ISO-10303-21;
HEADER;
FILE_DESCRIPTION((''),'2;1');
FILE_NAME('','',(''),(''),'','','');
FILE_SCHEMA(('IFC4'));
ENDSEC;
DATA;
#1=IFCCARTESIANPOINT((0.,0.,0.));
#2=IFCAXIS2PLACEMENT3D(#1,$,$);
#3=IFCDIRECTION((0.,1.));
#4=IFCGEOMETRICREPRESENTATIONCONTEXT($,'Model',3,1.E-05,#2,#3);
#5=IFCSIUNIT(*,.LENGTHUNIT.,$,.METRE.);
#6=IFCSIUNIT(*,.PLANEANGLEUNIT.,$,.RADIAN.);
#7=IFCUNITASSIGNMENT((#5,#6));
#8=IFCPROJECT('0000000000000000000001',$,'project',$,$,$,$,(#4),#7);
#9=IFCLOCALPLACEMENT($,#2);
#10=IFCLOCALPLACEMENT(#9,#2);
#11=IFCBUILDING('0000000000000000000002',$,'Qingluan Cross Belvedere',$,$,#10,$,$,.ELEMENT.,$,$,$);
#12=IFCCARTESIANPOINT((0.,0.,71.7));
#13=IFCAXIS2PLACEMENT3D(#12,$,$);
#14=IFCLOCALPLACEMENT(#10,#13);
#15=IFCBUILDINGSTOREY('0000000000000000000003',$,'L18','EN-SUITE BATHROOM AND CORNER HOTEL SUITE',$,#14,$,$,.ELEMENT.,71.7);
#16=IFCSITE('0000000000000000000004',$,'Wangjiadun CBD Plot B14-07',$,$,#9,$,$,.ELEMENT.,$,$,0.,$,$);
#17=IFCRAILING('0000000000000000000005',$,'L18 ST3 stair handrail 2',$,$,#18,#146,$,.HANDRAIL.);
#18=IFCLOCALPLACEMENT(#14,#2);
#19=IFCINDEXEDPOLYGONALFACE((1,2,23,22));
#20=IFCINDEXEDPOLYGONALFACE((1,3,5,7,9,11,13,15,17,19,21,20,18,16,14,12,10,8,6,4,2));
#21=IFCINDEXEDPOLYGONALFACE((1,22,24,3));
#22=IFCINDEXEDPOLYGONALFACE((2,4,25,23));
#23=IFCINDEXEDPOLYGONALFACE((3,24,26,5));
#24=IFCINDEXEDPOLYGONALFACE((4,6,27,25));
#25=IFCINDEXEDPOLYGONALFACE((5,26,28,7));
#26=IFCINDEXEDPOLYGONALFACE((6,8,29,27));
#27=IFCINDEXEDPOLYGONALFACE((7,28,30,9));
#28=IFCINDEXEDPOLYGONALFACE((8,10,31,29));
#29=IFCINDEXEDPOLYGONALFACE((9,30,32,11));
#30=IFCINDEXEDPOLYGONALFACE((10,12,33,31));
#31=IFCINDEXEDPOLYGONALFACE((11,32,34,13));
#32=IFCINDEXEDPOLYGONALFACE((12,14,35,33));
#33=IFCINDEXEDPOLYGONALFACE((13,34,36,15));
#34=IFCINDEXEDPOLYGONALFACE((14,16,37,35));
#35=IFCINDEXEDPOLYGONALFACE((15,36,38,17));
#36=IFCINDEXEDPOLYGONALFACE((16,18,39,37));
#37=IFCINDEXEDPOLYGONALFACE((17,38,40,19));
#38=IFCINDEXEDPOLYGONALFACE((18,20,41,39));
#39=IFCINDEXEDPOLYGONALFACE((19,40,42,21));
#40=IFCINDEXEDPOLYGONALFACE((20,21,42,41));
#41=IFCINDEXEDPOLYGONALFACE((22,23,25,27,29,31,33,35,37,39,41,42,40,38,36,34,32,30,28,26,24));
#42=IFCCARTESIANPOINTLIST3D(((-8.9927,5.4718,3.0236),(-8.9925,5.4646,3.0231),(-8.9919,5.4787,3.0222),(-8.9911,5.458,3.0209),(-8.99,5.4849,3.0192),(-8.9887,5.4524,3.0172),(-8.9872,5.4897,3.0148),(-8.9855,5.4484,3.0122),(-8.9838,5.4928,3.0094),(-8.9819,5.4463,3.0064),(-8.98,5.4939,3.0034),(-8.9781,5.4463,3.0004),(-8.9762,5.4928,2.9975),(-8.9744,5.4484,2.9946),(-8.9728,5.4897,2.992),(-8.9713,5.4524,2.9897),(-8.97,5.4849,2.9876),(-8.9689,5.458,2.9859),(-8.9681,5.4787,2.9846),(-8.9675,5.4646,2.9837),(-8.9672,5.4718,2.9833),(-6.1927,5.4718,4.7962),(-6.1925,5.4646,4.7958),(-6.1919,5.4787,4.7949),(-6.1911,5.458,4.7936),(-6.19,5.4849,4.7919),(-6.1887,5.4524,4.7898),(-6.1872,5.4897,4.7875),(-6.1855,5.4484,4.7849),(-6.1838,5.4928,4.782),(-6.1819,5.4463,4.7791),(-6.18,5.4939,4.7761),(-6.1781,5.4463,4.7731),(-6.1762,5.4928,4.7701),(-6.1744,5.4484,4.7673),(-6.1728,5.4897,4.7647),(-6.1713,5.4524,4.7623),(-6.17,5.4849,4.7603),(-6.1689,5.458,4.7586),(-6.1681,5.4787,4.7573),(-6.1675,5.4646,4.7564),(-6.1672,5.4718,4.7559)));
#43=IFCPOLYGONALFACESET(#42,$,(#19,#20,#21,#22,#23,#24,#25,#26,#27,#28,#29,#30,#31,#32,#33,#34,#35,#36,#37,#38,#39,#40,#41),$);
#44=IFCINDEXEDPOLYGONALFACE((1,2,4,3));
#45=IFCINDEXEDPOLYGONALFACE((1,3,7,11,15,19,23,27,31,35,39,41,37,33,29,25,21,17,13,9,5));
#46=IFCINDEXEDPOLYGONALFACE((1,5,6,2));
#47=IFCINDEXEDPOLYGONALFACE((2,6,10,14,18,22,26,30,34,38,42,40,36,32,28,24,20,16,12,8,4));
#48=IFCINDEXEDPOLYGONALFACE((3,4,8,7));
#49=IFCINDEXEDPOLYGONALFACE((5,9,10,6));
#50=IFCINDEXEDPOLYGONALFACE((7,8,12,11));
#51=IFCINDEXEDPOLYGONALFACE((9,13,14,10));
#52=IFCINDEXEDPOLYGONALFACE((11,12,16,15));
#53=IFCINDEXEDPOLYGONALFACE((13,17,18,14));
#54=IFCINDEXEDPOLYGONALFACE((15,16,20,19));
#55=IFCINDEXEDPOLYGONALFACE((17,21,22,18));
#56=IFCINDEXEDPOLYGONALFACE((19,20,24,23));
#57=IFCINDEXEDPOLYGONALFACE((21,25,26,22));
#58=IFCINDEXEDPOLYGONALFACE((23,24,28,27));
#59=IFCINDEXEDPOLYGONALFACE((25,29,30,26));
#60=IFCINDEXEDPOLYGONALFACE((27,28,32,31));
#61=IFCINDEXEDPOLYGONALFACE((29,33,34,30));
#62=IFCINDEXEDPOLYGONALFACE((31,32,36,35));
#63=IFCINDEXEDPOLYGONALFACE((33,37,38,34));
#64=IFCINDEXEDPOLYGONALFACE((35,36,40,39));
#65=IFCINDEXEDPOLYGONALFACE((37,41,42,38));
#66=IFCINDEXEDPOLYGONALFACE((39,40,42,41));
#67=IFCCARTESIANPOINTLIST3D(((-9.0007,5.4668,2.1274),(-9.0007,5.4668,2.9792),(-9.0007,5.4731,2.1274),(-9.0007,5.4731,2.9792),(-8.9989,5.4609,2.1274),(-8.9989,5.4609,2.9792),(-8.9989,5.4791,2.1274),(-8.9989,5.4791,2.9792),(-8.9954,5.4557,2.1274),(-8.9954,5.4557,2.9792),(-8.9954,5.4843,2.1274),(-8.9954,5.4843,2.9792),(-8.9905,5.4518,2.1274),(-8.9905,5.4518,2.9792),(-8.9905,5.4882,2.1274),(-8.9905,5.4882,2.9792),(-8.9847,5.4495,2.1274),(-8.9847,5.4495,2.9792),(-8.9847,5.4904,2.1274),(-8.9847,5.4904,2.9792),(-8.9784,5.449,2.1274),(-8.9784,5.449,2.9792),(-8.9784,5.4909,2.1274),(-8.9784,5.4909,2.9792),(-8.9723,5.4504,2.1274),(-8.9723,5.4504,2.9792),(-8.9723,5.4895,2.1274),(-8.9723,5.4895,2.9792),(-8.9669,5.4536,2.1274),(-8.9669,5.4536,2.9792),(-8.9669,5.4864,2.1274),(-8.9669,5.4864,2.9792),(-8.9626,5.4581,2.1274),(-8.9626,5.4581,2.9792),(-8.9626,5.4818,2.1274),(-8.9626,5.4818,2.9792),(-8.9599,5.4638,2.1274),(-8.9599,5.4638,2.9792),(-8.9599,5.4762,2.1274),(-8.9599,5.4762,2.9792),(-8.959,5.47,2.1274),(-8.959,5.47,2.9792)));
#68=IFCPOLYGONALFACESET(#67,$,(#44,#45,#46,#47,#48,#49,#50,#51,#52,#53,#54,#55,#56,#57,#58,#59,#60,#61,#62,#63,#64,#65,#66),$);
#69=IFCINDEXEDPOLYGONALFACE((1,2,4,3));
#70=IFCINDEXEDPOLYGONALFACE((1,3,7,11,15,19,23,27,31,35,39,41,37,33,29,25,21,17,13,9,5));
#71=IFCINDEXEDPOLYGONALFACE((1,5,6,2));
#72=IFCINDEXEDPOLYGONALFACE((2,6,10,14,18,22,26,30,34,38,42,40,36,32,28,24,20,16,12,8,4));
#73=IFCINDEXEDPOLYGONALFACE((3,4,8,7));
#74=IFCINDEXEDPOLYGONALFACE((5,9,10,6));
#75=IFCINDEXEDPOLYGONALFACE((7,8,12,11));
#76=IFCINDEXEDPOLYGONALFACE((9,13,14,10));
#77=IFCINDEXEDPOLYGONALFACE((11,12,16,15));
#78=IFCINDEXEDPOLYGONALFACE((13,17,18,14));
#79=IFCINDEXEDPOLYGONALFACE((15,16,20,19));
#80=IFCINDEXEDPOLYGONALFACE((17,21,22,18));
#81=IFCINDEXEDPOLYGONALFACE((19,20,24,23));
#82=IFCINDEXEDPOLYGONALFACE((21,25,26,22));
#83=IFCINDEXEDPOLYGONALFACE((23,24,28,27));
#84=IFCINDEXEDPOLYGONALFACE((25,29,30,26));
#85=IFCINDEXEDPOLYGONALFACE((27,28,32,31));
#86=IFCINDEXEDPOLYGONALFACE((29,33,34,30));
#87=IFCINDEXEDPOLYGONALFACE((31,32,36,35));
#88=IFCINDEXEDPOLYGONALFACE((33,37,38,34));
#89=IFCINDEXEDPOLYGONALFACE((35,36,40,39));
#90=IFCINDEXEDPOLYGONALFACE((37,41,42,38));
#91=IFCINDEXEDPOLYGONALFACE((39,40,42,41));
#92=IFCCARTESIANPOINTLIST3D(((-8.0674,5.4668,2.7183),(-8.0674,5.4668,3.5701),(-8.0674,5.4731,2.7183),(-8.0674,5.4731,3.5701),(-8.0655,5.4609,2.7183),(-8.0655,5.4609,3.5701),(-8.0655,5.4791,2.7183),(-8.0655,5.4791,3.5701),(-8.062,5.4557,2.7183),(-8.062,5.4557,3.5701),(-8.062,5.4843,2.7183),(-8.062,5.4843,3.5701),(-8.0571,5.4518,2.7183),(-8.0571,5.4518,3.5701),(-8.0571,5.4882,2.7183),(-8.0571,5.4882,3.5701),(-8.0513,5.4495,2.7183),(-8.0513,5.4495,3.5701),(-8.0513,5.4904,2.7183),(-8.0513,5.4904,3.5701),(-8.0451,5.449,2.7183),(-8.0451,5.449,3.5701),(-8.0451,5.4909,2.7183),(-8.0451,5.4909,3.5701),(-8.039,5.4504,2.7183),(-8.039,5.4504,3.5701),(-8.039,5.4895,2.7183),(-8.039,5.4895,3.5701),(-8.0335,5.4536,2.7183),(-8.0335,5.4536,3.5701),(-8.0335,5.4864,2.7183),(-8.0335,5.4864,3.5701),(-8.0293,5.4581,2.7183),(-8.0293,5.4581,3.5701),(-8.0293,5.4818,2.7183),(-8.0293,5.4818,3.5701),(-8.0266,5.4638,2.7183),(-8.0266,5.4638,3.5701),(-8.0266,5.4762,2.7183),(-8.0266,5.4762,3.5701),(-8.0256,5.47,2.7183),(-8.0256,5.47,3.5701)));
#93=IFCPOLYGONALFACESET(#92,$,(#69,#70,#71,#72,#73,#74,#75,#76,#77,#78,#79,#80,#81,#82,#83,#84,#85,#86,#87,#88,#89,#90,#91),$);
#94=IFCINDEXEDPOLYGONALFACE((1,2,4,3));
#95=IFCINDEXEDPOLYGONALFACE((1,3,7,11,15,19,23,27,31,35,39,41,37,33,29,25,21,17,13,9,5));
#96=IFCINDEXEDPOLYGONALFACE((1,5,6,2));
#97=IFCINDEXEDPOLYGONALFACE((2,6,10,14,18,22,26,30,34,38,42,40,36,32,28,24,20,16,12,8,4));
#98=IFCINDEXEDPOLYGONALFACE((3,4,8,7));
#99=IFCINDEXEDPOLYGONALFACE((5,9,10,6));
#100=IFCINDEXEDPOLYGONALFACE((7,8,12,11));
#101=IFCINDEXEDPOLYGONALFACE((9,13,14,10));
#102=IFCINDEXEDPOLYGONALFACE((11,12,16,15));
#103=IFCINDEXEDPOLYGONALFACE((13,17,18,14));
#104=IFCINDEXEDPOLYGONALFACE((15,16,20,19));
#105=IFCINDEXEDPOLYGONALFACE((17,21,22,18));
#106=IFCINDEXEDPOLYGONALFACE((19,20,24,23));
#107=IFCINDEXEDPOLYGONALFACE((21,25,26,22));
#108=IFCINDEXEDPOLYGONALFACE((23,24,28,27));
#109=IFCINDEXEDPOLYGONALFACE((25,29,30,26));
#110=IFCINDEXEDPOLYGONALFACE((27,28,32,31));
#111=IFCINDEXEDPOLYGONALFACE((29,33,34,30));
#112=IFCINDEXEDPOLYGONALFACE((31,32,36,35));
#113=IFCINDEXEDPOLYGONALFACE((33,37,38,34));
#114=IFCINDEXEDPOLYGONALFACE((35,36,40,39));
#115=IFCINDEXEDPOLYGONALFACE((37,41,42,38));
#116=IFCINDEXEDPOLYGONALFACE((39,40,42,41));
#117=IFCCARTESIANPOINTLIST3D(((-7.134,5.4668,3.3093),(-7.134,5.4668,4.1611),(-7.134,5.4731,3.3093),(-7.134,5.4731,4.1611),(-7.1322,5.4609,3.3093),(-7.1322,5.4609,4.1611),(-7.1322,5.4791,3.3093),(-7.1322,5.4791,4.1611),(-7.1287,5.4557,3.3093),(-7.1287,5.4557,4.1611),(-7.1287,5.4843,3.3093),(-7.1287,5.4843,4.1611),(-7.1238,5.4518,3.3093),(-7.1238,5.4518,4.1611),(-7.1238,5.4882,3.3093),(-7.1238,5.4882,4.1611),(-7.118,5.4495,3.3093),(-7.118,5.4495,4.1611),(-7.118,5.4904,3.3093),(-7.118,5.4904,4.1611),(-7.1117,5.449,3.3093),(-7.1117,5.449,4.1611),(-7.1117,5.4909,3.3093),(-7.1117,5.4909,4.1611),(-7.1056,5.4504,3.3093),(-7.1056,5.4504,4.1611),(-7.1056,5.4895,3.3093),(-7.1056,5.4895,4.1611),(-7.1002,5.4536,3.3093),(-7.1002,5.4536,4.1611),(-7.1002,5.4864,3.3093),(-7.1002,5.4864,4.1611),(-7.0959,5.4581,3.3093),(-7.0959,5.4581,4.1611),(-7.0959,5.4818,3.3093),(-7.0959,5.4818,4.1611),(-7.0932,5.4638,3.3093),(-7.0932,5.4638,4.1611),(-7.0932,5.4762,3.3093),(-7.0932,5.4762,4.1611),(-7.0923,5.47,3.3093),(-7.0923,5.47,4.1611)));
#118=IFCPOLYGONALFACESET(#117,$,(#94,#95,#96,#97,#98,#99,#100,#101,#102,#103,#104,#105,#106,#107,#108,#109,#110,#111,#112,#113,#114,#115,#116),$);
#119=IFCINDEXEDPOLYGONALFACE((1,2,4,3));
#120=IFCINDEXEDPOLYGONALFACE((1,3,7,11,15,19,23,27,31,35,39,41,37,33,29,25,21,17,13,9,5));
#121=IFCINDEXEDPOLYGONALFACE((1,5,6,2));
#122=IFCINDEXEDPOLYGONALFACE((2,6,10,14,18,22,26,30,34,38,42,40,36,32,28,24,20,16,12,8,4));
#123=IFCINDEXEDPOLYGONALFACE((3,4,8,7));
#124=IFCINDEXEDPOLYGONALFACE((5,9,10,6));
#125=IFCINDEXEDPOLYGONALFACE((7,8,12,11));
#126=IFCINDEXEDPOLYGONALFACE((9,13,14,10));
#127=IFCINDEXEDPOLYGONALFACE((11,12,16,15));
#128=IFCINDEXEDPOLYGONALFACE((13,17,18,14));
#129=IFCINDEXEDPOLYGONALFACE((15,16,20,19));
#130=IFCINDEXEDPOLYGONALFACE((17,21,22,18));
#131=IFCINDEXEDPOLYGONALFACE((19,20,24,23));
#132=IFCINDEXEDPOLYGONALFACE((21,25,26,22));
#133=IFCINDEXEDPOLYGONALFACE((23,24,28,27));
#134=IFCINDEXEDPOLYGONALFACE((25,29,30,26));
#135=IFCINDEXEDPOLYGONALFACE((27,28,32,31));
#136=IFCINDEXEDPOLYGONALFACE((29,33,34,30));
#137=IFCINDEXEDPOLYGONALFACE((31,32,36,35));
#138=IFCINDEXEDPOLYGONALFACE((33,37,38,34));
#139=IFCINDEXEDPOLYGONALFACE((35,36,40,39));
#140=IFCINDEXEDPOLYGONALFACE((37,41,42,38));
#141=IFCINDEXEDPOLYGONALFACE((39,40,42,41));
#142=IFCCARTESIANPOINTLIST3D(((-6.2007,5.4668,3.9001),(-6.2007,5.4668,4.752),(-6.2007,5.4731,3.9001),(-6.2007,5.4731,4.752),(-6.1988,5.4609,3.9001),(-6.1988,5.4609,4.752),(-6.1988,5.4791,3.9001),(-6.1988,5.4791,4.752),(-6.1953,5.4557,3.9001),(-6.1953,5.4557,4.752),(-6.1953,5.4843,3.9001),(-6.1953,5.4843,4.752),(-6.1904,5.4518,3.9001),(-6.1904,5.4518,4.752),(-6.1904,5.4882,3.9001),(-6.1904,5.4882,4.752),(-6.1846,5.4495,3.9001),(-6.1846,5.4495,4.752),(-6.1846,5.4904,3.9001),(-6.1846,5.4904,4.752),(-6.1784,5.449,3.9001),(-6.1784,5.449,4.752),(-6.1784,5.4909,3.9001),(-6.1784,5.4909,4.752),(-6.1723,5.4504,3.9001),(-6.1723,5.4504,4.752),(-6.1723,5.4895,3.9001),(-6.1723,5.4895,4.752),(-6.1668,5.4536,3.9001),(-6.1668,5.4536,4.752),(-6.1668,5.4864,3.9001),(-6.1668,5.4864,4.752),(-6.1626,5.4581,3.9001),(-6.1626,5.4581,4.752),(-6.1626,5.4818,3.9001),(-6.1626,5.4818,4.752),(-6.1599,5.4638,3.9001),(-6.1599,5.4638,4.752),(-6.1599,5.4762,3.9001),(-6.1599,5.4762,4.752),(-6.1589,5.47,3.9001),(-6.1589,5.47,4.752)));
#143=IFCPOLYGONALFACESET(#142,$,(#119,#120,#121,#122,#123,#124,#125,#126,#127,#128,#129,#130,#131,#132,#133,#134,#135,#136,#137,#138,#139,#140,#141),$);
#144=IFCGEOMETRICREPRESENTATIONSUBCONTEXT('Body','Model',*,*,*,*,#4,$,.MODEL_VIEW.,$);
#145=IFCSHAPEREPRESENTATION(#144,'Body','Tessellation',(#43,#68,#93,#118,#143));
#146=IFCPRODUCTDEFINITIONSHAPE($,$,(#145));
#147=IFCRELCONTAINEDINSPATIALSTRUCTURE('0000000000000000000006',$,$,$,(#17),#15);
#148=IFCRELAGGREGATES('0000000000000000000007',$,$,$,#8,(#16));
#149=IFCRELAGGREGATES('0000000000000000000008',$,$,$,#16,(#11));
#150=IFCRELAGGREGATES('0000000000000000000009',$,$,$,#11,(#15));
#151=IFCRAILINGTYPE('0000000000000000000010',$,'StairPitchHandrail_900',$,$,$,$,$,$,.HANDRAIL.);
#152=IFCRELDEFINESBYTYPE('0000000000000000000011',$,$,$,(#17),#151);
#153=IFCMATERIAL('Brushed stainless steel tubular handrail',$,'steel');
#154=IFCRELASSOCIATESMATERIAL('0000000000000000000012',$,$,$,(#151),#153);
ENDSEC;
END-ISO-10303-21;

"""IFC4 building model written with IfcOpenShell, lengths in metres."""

from ifc_helpers import new_model, si_unit, direction, frame, origin, origin_2d, place, context, subcontext, project, spatial, circle, extrude, material, type_object, element, save


model = new_model("IFC4")

# Units and contexts
model_context = context("Model", 3, precision=1e-05, world=origin(), true_north=direction((0.0, 1.0)))
body_context = subcontext(model_context, "Body", "Model", "MODEL_VIEW")
ifc_project = project(units=[si_unit("LENGTHUNIT", "METRE"), si_unit("PLANEANGLEUNIT", "RADIAN")], contexts=[model_context])

# Site, building, storey
site_placement = place(None, origin())
site = spatial("IfcSite", under=ifc_project, at=site_placement, Name="Wangjiadun CBD Plot B14-07", CompositionType="ELEMENT", RefElevation=0.0)
building_placement = place(site_placement, origin())
building = spatial("IfcBuilding", under=site, at=building_placement, Name="Qingluan Cross Belvedere", CompositionType="ELEMENT")
storey_placement = place(building_placement, frame((0.0, 0.0, 71.7)))
storey = spatial("IfcBuildingStorey", under=building, at=storey_placement, Name="L18", Description="EN-SUITE BATHROOM AND CORNER HOTEL SUITE", CompositionType="ELEMENT", Elevation=71.7)

# Railing
ifc_material_1 = material(Name="Brushed stainless steel tubular handrail", Category="steel")
railing_type_1 = type_object("IfcRailingType", Name="StairPitchHandrail_900", PredefinedType="HANDRAIL", material=ifc_material_1)
railing_1_placement = place(storey_placement, frame((-8.98, 5.47, 2.1274)))
element("IfcRailing", 1, at=railing_1_placement, inside=storey, type_object=railing_type_1, Name="L18 ST3 stair handrail 2", PredefinedType="HANDRAIL", context=body_context, shape_type="SweptSolid", body=[
    extrude(circle(Radius=0.0239, at=origin_2d()), frame((0.0, 0.0, 0.876), z_axis=(0.844909, 0.0, 0.53491), x_axis=(0.0, 1.0, 0.0)), (0.0, 0.0, 1.0), 3.314),
    extrude(circle(Radius=0.021, at=origin_2d()), origin(), (0.0, 0.0, 1.0), 0.8518),
    extrude(circle(Radius=0.021, at=origin_2d()), frame((0.9333, 0.0, 0.5908)), (0.0, 0.0, 1.0), 0.8518),
    extrude(circle(Radius=0.021, at=origin_2d()), frame((1.8667, 0.0, 1.1819)), (0.0, 0.0, 1.0), 0.8518),
    extrude(circle(Radius=0.021, at=origin_2d()), frame((2.8, 0.0, 1.7727)), (0.0, 0.0, 1.0), 0.8518),
])

save(model, "model.ifc")
